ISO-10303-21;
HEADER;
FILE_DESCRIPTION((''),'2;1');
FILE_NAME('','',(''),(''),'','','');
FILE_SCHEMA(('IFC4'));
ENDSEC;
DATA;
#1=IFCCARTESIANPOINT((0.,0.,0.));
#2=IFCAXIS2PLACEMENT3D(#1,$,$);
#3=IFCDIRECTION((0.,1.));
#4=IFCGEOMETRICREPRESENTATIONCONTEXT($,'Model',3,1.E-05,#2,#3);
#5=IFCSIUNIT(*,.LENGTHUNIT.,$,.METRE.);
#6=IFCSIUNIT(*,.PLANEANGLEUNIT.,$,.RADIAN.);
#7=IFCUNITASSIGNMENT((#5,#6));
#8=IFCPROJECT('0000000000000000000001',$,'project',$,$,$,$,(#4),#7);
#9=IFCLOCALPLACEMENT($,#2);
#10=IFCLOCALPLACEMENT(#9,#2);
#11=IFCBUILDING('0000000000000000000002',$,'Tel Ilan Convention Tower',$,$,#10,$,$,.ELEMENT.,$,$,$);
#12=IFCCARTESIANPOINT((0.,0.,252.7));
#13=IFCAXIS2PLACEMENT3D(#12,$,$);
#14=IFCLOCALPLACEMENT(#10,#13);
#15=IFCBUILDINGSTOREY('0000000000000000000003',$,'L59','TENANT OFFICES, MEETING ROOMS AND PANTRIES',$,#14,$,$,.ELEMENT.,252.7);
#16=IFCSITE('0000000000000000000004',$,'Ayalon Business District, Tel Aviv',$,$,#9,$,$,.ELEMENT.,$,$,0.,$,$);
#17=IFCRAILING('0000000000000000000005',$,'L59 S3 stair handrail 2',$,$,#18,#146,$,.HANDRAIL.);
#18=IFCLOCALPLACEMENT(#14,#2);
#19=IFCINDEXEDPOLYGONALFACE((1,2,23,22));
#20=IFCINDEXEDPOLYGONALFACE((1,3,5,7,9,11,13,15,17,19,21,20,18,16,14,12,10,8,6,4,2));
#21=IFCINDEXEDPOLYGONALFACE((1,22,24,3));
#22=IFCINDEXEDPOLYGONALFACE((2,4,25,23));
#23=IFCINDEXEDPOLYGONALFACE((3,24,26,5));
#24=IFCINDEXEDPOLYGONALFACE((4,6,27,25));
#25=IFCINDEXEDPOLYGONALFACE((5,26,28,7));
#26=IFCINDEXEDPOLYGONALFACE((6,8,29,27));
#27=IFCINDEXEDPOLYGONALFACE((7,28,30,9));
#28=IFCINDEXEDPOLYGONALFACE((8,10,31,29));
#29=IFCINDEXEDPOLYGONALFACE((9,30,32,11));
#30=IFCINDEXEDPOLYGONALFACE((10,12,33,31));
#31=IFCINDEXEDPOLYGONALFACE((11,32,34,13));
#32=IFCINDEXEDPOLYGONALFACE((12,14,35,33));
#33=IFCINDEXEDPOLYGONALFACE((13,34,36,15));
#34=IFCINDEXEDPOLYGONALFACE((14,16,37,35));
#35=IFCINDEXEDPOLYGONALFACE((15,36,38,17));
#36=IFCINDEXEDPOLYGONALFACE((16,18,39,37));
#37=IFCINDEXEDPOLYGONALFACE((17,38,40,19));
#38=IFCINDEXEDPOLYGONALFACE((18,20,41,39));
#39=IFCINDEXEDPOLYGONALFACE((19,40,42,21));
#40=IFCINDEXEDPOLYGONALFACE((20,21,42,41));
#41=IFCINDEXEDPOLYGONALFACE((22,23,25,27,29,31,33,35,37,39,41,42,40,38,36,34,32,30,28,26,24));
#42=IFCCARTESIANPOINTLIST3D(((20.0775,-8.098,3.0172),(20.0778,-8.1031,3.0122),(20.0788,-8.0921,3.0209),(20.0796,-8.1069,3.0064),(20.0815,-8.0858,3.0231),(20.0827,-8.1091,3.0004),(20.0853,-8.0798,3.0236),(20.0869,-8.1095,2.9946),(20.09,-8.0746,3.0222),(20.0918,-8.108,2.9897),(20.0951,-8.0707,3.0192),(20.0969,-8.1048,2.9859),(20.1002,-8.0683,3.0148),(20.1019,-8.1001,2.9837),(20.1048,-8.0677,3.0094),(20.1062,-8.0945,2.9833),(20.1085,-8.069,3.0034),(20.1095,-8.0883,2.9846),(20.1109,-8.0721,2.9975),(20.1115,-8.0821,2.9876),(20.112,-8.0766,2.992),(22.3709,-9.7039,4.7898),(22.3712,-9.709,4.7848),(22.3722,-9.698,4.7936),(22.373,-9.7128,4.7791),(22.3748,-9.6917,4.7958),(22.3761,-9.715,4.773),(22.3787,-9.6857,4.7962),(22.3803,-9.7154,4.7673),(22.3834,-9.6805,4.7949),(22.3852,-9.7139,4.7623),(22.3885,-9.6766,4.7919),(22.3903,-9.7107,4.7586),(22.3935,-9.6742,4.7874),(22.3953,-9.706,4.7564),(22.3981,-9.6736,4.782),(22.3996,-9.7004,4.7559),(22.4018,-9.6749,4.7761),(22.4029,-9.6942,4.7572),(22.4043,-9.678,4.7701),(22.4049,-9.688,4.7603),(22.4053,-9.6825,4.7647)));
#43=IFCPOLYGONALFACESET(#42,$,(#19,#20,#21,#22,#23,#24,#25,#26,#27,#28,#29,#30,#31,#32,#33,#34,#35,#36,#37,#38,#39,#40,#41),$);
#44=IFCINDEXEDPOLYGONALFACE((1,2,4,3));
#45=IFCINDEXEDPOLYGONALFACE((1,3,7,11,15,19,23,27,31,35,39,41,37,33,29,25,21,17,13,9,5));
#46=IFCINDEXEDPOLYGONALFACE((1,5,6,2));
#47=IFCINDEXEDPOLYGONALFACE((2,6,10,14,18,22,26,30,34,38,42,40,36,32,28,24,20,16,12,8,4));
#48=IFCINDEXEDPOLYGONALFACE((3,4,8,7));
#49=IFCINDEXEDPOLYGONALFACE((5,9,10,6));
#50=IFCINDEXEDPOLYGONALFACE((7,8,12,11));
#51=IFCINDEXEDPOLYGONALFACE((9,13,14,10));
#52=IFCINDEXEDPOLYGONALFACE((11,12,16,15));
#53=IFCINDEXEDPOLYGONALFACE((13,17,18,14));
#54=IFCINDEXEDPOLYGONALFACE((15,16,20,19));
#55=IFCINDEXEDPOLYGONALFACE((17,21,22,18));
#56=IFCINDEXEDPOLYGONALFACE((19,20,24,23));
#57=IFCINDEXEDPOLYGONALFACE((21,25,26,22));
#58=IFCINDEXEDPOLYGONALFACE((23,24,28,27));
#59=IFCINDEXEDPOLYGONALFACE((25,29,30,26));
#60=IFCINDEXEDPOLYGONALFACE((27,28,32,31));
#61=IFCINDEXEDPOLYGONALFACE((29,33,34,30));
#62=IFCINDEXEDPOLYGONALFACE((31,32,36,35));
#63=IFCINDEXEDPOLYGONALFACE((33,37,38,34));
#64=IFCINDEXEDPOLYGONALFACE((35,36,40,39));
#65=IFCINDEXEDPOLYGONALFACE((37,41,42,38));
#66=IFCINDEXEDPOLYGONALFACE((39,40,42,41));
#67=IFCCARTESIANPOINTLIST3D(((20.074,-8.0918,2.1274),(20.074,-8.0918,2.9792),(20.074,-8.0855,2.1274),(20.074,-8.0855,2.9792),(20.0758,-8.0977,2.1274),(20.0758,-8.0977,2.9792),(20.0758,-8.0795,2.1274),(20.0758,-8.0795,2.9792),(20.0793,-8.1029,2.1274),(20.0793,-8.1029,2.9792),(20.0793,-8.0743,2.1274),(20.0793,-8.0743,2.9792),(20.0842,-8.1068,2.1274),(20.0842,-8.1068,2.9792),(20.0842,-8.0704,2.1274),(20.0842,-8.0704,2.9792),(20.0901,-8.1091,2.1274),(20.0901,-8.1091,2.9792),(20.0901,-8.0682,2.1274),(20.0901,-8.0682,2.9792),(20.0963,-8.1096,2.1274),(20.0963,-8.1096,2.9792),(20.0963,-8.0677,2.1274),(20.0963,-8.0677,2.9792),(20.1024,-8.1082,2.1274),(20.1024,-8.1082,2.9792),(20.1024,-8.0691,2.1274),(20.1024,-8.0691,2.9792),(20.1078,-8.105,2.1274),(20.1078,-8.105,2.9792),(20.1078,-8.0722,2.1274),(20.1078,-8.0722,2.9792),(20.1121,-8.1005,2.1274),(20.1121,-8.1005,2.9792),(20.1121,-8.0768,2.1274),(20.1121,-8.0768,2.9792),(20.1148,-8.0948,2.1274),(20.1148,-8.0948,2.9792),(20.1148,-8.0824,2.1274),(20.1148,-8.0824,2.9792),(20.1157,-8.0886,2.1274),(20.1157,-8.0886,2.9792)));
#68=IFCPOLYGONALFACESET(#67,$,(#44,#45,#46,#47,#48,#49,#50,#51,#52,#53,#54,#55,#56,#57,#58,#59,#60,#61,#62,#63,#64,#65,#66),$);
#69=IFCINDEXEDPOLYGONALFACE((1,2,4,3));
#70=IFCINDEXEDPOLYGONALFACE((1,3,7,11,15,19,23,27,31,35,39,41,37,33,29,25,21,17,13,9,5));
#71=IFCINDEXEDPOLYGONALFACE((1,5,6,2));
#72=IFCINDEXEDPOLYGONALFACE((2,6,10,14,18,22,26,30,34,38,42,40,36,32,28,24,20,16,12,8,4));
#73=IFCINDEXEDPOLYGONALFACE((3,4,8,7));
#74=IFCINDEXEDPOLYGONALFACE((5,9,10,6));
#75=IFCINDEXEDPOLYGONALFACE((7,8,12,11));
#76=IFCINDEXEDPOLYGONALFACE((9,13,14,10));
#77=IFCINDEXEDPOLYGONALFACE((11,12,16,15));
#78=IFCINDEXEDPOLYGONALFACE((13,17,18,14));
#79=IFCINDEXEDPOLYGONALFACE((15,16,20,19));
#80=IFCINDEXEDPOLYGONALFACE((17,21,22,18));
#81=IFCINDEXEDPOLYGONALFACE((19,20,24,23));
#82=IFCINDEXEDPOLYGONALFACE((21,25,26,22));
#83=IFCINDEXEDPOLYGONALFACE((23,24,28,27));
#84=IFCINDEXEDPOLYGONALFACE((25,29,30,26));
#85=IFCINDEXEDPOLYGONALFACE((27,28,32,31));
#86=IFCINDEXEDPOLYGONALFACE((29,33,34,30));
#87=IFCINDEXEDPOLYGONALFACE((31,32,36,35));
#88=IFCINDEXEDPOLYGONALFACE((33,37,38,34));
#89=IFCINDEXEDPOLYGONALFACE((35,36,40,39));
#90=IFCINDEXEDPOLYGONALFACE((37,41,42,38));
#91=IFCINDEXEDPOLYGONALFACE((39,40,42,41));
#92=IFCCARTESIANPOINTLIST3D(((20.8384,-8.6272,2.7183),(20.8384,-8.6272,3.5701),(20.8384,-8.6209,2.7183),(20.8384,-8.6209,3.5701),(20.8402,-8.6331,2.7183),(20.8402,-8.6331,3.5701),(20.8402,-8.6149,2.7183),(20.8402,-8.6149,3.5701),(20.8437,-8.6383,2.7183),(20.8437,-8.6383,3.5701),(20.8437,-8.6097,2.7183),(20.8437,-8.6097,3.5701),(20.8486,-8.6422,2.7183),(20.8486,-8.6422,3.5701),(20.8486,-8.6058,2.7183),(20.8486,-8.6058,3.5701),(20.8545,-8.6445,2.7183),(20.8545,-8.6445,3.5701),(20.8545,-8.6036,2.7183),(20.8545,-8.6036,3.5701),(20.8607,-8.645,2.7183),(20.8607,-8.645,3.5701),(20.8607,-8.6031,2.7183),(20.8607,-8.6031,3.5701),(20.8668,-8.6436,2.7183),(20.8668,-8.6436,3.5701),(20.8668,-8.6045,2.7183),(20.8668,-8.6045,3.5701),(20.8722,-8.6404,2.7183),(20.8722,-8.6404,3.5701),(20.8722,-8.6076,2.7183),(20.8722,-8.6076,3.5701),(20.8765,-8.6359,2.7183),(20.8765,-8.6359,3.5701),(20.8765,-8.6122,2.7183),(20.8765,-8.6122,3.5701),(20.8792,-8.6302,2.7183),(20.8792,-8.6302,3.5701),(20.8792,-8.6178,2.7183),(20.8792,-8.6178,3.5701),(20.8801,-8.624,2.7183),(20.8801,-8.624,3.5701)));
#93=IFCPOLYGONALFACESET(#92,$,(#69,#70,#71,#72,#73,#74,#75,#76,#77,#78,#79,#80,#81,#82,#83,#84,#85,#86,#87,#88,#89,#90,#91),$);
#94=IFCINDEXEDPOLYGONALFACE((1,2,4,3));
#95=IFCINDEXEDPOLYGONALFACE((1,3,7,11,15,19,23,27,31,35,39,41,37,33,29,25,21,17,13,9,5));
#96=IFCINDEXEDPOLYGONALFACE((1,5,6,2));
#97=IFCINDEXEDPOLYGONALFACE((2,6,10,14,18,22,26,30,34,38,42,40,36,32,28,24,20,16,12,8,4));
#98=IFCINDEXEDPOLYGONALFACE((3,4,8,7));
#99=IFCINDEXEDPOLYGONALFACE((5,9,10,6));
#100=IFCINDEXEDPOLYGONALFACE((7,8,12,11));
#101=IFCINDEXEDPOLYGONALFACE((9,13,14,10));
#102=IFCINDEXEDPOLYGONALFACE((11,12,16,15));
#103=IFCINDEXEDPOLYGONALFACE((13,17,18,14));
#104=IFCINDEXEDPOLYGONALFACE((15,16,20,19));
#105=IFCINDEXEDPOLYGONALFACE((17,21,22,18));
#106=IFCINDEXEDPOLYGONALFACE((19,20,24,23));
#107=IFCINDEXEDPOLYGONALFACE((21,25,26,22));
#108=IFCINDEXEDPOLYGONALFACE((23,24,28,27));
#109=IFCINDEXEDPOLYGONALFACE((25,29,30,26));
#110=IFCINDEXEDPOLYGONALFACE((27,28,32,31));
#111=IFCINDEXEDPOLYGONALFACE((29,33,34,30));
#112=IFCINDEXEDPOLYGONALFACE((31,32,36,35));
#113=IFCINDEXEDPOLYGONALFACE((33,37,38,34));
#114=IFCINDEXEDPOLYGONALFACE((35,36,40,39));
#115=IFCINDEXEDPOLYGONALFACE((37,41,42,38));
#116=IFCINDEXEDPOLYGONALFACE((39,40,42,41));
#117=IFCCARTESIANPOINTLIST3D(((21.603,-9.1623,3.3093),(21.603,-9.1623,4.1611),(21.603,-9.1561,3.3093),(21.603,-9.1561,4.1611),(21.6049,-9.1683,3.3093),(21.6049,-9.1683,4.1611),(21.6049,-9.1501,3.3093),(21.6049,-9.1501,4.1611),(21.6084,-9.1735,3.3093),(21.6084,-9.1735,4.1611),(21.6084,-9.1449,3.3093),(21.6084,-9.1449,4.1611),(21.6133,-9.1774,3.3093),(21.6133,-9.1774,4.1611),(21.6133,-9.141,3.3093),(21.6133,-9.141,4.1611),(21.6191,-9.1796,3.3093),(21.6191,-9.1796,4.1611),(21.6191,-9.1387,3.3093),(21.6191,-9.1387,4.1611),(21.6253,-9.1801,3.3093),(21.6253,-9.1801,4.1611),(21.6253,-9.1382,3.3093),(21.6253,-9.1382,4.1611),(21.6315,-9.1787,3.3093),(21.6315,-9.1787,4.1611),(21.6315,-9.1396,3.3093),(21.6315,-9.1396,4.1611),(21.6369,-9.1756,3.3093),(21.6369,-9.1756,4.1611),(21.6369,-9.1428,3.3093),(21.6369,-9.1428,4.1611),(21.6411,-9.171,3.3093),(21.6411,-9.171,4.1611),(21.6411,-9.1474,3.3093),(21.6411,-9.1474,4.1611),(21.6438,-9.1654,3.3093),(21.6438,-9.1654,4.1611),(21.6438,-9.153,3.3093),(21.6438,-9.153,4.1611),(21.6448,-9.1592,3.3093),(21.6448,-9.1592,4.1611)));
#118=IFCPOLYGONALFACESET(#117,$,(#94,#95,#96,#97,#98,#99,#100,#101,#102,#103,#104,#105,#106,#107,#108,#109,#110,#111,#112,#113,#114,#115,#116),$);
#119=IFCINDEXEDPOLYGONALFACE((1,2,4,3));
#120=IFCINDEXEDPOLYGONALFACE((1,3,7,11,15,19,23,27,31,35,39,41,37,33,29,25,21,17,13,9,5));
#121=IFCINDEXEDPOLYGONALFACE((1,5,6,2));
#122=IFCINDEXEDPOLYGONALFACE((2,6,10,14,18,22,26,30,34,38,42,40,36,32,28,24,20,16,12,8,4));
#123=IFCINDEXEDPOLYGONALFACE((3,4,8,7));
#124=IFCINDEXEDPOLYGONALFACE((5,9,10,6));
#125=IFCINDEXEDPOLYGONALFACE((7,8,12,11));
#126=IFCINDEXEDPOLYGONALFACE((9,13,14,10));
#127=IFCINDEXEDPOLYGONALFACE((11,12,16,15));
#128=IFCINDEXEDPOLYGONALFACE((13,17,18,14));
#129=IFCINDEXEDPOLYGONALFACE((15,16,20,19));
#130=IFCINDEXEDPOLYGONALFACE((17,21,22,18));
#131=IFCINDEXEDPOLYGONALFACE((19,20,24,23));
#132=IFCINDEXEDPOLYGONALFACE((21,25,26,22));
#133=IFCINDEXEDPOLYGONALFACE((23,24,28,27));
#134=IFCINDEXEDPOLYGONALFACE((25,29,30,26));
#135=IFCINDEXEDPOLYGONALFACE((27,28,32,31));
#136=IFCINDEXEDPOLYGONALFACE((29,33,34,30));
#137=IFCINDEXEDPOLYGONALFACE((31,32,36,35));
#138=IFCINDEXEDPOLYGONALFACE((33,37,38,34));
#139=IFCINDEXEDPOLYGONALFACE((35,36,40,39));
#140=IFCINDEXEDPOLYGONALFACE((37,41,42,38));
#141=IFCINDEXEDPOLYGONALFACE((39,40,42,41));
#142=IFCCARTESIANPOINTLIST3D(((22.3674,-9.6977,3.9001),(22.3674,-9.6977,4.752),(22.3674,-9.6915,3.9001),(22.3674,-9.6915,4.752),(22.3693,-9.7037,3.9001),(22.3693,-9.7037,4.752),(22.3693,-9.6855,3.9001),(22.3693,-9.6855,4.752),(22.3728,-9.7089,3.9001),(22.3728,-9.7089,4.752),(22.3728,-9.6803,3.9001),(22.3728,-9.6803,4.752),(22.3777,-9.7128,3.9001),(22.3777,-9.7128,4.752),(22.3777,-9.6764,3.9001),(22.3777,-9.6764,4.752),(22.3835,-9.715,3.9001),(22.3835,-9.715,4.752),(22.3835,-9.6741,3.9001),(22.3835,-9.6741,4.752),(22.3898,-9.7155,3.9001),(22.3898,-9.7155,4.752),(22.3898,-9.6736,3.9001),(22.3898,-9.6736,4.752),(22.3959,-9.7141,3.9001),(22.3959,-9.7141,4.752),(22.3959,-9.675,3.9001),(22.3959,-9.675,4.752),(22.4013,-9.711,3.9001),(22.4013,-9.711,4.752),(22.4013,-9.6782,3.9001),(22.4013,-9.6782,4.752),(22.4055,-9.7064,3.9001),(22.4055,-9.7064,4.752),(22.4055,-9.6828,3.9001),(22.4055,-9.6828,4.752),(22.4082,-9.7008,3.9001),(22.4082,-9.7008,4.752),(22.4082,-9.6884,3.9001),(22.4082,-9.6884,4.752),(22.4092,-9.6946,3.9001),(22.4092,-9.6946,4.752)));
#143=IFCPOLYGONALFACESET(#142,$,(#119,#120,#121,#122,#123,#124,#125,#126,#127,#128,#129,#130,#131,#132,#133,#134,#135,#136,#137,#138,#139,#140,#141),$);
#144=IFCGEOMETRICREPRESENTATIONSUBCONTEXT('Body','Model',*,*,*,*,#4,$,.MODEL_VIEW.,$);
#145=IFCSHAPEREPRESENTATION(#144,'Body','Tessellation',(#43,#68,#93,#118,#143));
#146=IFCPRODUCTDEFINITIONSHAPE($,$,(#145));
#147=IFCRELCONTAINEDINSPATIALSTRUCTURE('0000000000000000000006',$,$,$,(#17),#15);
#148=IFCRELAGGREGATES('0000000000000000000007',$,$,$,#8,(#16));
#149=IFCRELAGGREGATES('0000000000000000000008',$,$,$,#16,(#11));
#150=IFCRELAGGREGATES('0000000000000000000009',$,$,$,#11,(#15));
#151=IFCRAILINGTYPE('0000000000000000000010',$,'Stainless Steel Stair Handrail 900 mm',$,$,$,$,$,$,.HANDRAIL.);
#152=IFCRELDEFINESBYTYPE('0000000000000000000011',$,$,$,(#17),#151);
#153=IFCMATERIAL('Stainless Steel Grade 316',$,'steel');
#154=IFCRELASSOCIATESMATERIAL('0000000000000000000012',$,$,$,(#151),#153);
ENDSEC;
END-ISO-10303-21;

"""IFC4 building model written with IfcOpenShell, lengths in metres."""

from ifc_helpers import new_model, si_unit, direction, frame, origin, origin_2d, place, context, subcontext, project, spatial, circle, extrude, material, type_object, element, save


model = new_model("IFC4")

# Units and contexts
model_context = context("Model", 3, precision=1e-05, world=origin(), true_north=direction((0.0, 1.0)))
body_context = subcontext(model_context, "Body", "Model", "MODEL_VIEW")
ifc_project = project(units=[si_unit("LENGTHUNIT", "METRE"), si_unit("PLANEANGLEUNIT", "RADIAN")], contexts=[model_context])

# Site, building, storey
site_placement = place(None, origin())
site = spatial("IfcSite", under=ifc_project, at=site_placement, Name="Ayalon Business District, Tel Aviv", CompositionType="ELEMENT", RefElevation=0.0)
building_placement = place(site_placement, origin())
building = spatial("IfcBuilding", under=site, at=building_placement, Name="Tel Ilan Convention Tower", CompositionType="ELEMENT")
storey_placement = place(building_placement, frame((0.0, 0.0, 252.7)))
storey = spatial("IfcBuildingStorey", under=building, at=storey_placement, Name="L59", Description="TENANT OFFICES, MEETING ROOMS AND PANTRIES", CompositionType="ELEMENT", Elevation=252.7)

# Railing
ifc_material_1 = material(Name="Stainless Steel Grade 316", Category="steel")
railing_type_1 = type_object("IfcRailingType", Name="Stainless Steel Stair Handrail 900 mm", PredefinedType="HANDRAIL", material=ifc_material_1)
railing_1_placement = place(storey_placement, frame((20.0947, -8.0886, 2.1274)))
element("IfcRailing", 1, at=railing_1_placement, inside=storey, type_object=railing_type_1, Name="L59 S3 stair handrail 2", PredefinedType="HANDRAIL", context=body_context, shape_type="SweptSolid", body=[
    extrude(circle(Radius=0.0239, at=origin_2d()), frame((0.0, 0.0, 0.876), z_axis=(0.692085, -0.484621, 0.53494), x_axis=(0.573591, 0.819142, 0.0)), (0.0, 0.0, 1.0), 3.3137),
    extrude(circle(Radius=0.021, at=origin_2d()), origin(), (0.0, 0.0, 1.0), 0.8518),
    extrude(circle(Radius=0.021, at=origin_2d()), frame((0.7644, -0.5354, 0.5908)), (0.0, 0.0, 1.0), 0.8518),
    extrude(circle(Radius=0.021, at=origin_2d()), frame((1.5291, -1.0706, 1.1819)), (0.0, 0.0, 1.0), 0.8518),
    extrude(circle(Radius=0.021, at=origin_2d()), frame((2.2935, -1.606, 1.7727)), (0.0, 0.0, 1.0), 0.8518),
])

save(model, "model.ifc")
